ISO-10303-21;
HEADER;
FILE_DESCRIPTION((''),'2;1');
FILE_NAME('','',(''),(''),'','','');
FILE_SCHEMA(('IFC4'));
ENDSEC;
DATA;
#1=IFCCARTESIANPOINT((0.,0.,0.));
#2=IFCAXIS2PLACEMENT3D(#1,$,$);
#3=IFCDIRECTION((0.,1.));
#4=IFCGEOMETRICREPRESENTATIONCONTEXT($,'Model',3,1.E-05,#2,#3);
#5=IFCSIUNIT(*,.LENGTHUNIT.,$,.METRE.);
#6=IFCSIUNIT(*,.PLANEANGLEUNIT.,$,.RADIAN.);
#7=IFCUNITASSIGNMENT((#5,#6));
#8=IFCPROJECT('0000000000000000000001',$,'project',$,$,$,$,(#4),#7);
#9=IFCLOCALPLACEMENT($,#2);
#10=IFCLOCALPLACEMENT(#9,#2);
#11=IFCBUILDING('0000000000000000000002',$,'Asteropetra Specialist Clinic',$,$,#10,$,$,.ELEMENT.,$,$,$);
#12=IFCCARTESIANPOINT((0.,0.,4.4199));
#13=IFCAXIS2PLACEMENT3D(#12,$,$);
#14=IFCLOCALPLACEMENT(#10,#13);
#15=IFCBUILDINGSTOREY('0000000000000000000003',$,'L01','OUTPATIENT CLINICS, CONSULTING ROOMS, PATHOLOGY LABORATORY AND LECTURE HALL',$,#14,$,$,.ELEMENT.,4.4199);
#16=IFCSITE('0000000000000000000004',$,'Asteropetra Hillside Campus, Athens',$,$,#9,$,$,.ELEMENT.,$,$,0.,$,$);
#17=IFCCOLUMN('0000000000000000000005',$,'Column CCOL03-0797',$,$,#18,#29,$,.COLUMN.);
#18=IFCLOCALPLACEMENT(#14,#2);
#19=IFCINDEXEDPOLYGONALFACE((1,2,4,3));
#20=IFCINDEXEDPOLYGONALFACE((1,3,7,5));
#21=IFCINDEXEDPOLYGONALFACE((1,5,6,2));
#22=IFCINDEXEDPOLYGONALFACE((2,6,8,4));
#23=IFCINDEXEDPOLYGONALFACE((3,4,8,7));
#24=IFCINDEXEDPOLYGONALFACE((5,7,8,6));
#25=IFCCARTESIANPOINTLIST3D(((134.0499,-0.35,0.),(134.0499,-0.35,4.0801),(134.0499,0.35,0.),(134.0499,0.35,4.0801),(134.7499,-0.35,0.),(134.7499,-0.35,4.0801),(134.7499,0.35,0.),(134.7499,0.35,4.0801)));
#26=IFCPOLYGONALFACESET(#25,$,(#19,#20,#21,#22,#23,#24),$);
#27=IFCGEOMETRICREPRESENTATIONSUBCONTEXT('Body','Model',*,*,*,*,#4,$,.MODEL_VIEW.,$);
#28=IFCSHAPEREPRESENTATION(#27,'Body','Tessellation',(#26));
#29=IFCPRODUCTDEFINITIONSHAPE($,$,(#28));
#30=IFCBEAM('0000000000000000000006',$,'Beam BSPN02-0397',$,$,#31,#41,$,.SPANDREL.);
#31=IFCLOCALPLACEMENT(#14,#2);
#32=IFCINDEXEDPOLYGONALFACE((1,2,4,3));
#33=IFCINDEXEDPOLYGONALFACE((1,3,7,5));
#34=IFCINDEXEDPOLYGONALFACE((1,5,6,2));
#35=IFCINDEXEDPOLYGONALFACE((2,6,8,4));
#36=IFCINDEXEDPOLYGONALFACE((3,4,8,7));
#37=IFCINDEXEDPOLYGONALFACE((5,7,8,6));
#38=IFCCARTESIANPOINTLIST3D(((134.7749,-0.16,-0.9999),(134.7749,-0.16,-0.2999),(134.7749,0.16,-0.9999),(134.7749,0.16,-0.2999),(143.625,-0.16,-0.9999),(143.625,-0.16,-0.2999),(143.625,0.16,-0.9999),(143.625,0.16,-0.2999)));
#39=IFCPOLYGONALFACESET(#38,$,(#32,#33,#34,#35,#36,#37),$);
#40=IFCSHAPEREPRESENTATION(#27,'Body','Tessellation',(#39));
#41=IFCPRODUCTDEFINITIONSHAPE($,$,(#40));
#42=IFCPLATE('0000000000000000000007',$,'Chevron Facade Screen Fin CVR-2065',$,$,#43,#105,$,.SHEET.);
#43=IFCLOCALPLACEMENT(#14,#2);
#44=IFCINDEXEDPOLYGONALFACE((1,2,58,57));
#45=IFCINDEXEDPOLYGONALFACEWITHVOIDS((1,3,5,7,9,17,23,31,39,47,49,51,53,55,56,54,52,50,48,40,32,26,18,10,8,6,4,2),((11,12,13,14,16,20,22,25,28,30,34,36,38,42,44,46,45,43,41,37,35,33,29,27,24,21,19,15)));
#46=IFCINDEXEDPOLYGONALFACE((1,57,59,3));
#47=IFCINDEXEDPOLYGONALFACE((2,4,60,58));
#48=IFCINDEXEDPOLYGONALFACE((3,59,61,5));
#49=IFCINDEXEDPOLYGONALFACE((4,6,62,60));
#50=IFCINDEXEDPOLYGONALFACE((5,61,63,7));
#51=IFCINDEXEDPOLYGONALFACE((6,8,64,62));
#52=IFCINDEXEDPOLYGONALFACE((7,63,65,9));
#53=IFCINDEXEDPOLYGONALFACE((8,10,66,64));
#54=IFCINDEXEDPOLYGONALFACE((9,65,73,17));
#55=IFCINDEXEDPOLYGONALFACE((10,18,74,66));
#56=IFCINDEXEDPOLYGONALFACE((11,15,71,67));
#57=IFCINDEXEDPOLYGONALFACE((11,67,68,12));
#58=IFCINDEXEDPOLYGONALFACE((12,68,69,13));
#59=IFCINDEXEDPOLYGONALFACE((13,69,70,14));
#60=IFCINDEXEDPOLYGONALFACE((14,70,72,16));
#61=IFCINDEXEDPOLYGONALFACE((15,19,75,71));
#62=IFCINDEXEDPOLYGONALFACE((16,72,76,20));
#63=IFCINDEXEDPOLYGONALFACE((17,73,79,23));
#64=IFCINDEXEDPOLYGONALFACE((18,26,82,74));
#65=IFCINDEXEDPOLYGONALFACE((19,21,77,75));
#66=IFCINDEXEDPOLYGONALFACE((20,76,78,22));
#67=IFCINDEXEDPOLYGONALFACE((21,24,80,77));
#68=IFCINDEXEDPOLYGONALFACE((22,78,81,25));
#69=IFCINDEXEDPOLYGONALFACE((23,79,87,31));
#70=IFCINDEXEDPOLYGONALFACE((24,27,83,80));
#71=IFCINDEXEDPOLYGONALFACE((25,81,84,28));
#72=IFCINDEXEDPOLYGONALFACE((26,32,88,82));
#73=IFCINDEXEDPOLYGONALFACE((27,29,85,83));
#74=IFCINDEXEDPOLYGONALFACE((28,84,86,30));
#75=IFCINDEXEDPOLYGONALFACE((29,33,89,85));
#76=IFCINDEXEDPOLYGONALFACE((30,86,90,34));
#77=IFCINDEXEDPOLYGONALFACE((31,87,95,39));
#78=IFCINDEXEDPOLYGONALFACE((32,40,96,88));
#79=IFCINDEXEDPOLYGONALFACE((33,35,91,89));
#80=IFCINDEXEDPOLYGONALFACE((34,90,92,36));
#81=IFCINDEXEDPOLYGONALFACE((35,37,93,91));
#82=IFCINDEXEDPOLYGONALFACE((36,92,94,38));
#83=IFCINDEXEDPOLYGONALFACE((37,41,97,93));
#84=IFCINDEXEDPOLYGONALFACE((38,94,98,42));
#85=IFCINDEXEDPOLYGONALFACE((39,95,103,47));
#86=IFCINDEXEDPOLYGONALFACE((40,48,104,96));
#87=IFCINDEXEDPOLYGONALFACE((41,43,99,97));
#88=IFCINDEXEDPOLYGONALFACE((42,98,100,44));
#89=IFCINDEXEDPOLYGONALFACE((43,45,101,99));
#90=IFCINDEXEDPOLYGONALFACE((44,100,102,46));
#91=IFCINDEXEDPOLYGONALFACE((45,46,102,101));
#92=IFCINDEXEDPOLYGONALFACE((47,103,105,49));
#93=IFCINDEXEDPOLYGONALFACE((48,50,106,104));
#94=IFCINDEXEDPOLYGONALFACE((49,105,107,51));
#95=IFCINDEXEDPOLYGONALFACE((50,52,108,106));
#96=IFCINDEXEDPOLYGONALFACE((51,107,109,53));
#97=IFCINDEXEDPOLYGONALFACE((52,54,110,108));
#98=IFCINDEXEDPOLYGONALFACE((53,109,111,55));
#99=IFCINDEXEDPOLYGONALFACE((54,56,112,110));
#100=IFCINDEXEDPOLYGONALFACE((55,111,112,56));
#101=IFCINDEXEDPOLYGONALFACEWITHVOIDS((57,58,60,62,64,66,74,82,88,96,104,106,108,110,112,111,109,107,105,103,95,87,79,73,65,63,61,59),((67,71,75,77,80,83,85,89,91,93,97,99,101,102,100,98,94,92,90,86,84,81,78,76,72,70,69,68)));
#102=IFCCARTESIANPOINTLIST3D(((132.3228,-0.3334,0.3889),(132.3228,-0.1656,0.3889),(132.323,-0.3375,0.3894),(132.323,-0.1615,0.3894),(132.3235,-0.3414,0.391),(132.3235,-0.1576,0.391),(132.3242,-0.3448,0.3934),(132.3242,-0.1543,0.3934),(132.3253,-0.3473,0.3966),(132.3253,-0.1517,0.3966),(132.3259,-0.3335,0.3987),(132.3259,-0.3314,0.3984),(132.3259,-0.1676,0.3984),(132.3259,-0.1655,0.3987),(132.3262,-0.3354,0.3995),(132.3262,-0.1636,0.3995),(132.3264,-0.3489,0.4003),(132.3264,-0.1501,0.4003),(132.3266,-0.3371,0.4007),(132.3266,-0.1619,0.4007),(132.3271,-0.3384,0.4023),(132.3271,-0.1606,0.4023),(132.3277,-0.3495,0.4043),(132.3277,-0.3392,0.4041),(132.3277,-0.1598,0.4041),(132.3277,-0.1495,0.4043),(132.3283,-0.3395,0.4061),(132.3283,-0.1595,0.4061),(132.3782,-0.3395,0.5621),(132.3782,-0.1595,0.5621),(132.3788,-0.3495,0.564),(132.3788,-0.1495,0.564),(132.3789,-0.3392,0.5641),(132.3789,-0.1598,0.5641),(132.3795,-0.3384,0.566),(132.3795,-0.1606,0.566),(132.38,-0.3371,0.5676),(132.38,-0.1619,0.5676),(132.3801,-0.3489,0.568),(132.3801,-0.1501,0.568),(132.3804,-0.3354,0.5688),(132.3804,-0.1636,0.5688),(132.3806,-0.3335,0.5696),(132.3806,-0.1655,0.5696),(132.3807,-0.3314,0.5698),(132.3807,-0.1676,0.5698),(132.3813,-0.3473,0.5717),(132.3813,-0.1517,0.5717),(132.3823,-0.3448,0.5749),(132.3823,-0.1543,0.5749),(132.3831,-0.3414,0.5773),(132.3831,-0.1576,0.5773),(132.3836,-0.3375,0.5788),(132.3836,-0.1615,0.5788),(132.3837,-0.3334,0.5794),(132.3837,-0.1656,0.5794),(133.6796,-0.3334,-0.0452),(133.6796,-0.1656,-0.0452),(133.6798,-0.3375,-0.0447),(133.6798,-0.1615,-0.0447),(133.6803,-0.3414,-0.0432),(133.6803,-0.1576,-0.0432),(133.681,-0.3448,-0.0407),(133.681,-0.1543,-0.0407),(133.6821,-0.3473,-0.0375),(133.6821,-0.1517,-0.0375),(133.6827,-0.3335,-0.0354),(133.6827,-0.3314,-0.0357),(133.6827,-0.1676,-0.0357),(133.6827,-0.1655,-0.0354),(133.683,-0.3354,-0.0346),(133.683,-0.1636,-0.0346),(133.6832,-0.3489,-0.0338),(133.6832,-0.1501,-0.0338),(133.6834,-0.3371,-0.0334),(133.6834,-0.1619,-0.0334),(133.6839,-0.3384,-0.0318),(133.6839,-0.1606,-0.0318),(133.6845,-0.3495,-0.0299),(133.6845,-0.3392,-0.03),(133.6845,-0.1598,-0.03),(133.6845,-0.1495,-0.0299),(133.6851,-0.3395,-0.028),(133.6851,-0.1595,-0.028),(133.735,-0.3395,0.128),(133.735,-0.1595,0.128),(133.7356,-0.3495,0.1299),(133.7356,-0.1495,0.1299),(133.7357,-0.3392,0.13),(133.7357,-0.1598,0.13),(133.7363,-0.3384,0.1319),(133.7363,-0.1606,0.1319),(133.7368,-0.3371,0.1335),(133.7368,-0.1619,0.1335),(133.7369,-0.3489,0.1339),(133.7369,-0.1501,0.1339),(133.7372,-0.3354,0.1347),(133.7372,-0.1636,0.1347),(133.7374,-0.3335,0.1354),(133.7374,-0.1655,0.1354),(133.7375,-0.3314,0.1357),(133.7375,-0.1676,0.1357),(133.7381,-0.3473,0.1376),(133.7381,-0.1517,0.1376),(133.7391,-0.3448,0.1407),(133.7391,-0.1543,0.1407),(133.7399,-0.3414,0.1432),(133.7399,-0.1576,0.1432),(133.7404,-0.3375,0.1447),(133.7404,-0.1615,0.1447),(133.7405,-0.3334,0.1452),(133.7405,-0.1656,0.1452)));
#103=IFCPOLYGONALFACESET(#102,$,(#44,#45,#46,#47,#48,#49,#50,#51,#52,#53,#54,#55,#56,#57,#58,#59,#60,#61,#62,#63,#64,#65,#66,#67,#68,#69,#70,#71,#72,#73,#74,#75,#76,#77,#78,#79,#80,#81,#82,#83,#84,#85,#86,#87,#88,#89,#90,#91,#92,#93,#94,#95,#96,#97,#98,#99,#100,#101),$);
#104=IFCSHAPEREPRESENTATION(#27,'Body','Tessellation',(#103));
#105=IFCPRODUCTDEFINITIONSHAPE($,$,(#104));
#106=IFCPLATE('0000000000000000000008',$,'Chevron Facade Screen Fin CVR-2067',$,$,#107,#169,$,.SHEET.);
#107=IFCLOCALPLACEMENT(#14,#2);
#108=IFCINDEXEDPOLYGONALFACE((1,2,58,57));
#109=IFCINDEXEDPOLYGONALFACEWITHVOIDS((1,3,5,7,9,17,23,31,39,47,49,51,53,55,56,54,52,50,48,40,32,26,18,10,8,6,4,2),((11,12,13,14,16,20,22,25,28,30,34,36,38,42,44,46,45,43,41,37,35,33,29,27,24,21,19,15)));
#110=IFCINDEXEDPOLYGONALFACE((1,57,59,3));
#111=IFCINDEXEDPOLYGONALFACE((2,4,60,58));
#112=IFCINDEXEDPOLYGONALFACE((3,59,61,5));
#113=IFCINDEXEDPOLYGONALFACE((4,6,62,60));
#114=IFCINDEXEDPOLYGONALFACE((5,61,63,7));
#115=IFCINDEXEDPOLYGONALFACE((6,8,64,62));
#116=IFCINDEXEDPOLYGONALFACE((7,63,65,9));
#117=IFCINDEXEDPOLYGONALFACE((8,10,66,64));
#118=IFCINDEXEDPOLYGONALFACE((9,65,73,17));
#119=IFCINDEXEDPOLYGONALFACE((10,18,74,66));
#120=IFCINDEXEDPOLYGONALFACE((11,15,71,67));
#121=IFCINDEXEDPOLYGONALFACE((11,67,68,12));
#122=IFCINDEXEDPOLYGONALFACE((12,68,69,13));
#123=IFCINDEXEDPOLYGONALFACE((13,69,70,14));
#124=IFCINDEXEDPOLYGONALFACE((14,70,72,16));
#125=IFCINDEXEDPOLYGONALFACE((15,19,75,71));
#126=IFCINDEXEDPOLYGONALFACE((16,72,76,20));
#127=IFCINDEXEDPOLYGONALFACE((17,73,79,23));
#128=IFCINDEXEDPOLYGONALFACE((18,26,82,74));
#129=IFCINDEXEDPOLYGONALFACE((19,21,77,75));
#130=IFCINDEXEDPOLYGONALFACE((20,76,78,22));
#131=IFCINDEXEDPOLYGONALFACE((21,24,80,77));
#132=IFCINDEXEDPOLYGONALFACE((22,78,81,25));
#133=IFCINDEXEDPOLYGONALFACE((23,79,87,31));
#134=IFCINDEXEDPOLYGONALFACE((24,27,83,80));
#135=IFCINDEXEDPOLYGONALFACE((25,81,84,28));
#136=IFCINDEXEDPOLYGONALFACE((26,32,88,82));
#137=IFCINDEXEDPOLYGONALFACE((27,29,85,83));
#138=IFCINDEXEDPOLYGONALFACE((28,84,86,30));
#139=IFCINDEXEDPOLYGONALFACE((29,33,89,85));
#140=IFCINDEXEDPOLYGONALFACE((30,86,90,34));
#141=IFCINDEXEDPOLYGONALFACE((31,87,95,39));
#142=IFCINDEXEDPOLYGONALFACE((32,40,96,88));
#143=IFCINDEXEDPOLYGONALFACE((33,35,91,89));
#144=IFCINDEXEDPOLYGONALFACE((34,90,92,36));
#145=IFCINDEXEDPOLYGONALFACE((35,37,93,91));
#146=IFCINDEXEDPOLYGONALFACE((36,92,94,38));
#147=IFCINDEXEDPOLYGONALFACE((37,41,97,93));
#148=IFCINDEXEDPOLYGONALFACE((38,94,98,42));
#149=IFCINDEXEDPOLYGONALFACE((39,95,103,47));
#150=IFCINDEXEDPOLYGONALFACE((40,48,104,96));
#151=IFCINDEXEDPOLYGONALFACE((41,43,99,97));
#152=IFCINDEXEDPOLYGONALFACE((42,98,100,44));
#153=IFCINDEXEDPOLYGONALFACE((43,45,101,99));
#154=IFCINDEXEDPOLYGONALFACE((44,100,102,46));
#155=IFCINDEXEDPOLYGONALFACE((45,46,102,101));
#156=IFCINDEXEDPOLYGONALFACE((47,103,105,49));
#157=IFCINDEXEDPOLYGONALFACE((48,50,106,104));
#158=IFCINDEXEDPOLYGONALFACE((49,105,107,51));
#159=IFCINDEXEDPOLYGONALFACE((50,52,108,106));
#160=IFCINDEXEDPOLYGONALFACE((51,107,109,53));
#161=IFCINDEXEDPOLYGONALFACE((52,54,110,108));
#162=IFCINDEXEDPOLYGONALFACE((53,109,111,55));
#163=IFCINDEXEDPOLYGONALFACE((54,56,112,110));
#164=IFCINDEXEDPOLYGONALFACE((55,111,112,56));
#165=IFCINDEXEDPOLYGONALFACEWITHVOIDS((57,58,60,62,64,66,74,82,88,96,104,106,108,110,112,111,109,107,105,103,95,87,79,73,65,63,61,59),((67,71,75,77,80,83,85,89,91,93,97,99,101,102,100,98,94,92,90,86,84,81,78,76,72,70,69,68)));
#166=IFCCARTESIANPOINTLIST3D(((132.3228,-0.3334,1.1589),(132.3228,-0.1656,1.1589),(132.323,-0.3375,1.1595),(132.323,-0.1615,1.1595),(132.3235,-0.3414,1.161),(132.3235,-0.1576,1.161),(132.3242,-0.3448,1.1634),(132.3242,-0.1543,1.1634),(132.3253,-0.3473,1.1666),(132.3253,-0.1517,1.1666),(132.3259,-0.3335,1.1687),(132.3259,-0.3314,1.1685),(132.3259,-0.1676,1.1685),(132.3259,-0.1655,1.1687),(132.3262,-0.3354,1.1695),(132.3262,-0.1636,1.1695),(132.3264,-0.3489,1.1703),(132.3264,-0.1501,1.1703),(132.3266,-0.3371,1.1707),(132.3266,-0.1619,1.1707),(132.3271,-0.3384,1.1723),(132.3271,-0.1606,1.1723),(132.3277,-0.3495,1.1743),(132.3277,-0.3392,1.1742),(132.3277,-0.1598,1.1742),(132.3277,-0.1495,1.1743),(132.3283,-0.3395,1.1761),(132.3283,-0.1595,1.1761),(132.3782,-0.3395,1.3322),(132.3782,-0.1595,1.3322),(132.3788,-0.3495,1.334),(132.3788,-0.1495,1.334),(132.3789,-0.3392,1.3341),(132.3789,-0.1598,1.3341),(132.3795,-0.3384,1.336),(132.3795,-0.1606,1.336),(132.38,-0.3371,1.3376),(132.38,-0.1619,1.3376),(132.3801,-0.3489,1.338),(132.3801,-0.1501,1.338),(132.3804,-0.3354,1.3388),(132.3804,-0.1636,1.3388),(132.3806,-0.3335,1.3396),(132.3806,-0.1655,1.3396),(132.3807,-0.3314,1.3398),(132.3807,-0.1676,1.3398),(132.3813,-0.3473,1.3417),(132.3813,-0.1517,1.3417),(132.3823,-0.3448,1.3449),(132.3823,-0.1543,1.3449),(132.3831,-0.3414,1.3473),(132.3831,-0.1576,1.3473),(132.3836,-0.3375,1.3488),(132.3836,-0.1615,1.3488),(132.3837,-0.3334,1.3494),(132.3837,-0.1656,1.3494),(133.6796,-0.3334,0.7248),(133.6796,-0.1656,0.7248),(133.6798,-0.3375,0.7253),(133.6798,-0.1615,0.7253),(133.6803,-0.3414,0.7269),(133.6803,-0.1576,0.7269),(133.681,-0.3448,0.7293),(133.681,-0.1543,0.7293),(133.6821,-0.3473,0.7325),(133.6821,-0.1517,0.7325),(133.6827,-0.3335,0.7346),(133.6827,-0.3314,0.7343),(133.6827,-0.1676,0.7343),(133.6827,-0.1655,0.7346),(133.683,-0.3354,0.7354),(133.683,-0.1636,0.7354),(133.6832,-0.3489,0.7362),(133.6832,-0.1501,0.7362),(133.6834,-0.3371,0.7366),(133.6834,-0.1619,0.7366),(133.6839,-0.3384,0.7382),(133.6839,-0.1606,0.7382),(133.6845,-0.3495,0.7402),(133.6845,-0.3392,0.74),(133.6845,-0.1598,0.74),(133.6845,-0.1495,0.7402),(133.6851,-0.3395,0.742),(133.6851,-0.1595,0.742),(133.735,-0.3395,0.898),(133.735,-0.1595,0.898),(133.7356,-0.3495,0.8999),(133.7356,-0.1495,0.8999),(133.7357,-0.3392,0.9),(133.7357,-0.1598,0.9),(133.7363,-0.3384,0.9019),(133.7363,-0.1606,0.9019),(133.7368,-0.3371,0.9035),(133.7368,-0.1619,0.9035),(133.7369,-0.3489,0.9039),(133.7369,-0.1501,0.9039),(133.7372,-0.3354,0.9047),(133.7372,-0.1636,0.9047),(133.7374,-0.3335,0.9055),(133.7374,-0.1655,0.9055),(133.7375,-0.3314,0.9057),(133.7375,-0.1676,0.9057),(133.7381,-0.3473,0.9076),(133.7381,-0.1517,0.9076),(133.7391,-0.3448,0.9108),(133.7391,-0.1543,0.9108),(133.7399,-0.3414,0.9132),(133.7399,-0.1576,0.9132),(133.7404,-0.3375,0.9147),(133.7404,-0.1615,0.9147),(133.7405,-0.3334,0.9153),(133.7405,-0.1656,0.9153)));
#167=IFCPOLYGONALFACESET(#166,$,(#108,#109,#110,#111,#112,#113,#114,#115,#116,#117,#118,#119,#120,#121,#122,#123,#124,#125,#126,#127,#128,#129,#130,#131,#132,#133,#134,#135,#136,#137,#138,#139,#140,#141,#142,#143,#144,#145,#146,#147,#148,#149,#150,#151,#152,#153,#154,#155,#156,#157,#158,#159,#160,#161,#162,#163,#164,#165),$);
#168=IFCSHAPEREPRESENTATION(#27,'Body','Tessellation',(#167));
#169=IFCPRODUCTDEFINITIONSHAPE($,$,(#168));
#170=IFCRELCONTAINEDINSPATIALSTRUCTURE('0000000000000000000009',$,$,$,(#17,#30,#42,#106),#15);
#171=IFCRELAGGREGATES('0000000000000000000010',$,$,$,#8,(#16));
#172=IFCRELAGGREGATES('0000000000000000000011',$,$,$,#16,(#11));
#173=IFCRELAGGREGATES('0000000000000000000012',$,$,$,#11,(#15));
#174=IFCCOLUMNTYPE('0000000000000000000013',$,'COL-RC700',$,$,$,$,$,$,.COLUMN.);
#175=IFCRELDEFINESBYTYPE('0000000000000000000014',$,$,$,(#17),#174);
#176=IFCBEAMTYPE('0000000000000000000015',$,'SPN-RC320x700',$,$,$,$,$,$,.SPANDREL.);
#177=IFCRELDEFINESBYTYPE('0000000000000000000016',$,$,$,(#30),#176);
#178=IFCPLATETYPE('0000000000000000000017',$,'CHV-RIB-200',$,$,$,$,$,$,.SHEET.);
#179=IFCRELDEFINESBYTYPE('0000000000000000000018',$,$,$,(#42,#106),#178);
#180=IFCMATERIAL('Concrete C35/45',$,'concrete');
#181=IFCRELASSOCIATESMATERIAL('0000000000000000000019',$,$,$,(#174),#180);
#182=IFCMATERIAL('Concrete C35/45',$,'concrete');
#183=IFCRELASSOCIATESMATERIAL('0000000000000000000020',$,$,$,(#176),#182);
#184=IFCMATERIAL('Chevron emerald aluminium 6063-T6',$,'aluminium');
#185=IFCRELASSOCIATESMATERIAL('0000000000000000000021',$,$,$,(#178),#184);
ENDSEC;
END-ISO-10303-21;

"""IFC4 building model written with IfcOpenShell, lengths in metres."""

from ifc_helpers import new_model, si_unit, direction, frame, origin, origin_2d, place, context, subcontext, project, spatial, rectangle, hollow_rectangle, extrude, material, material_profile, profile_set, type_object, element, save


model = new_model("IFC4")

# Units and contexts
model_context = context("Model", 3, precision=1e-05, world=origin(), true_north=direction((0.0, 1.0)))
body_context = subcontext(model_context, "Body", "Model", "MODEL_VIEW")
ifc_project = project(units=[si_unit("LENGTHUNIT", "METRE"), si_unit("PLANEANGLEUNIT", "RADIAN")], contexts=[model_context])

# Site, building, storey
site_placement = place(None, origin())
site = spatial("IfcSite", under=ifc_project, at=site_placement, Name="Asteropetra Hillside Campus, Athens", CompositionType="ELEMENT", RefElevation=0.0)
building_placement = place(site_placement, origin())
building = spatial("IfcBuilding", under=site, at=building_placement, Name="Asteropetra Specialist Clinic", CompositionType="ELEMENT")
storey_placement = place(building_placement, frame((0.0, 0.0, 4.4199)))
storey = spatial("IfcBuildingStorey", under=building, at=storey_placement, Name="L01", Description="OUTPATIENT CLINICS, CONSULTING ROOMS, PATHOLOGY LABORATORY AND LECTURE HALL", CompositionType="ELEMENT", Elevation=4.4199)

# Column
ifc_material_1 = material(Name="Concrete C35/45", Category="concrete")
ifc_material_profile_1 = material_profile(ifc_material_1, rectangle(XDim=0.7, YDim=0.7, at=origin_2d()), Name="RC 700x700")
ifc_profile_set_1 = profile_set([ifc_material_profile_1], Name="Concrete C35/45")
column_type = type_object("IfcColumnType", Name="COL-RC700", PredefinedType="COLUMN", material=ifc_profile_set_1)
column_placement = place(storey_placement, frame((134.3999, 0.0, 0.0), z_axis=(0.0, 0.0, 1.0), x_axis=(1.0, 0.0, 0.0)))
element("IfcColumn", 1, at=column_placement, inside=storey, type_object=column_type, Name="Column CCOL03-0797", PredefinedType="COLUMN", context=body_context, shape_type="SweptSolid", body=[
    extrude(rectangle(XDim=0.7, YDim=0.7, at=origin_2d()), origin(), (0.0, 0.0, 1.0), 4.0801),
])

# Beam
ifc_material_2 = material(Name="Concrete C35/45", Category="concrete")
ifc_material_profile_2 = material_profile(ifc_material_2, rectangle(XDim=0.3201, YDim=0.7, at=origin_2d()), Name="RCS 320x700")
ifc_profile_set_2 = profile_set([ifc_material_profile_2], Name="Concrete C35/45")
beam_type = type_object("IfcBeamType", Name="SPN-RC320x700", PredefinedType="SPANDREL", material=ifc_profile_set_2)
beam_placement = place(storey_placement, frame((134.7749, 0.0, -0.6499), z_axis=(1.0, 0.0, 0.0), x_axis=(0.0, 1.0, 0.0)))
element("IfcBeam", 2, at=beam_placement, inside=storey, type_object=beam_type, Name="Beam BSPN02-0397", PredefinedType="SPANDREL", context=body_context, shape_type="SweptSolid", body=[
    extrude(rectangle(XDim=0.3201, YDim=0.7, at=origin_2d()), origin(), (0.0, 0.0, 1.0), 8.8501),
])

# Plates
ifc_material_3 = material(Name="Chevron emerald aluminium 6063-T6", Category="aluminium")
ifc_material_profile_3 = material_profile(ifc_material_3, hollow_rectangle(XDim=0.2, YDim=0.2, WallThickness=0.01, InnerFilletRadius=0.0081, OuterFilletRadius=0.0161, at=origin_2d()), Name="SHS 200x200x10.0")
ifc_profile_set_3 = profile_set([ifc_material_profile_3], Name="Chevron emerald aluminium 6063-T6")
plate_type = type_object("IfcPlateType", Name="CHV-RIB-200", PredefinedType="SHEET", material=ifc_profile_set_3)
for number, where, z_axis, x_axis, name in (
    (3, (132.3533, -0.2495, 0.4841), (0.952436, 0.0, -0.304738), (0.0, 1.0, 0.0), "Chevron Facade Screen Fin CVR-2065"),
    (4, (132.3533, -0.2495, 1.2542), (0.952436, 0.0, -0.304738), (0.0, 1.0, 0.0), "Chevron Facade Screen Fin CVR-2067"),
):
    element("IfcPlate", number, at=place(storey_placement, frame(where, z_axis=z_axis, x_axis=x_axis)), inside=storey, type_object=plate_type, Name=name, PredefinedType="SHEET", context=body_context, shape_type="SweptSolid", body=[
        extrude(hollow_rectangle(XDim=0.2, YDim=0.2, WallThickness=0.01, InnerFilletRadius=0.0081, OuterFilletRadius=0.0161, at=origin_2d()), origin(), (0.0, 0.0, 1.0), 1.4246),
    ])

save(model, "model.ifc")
